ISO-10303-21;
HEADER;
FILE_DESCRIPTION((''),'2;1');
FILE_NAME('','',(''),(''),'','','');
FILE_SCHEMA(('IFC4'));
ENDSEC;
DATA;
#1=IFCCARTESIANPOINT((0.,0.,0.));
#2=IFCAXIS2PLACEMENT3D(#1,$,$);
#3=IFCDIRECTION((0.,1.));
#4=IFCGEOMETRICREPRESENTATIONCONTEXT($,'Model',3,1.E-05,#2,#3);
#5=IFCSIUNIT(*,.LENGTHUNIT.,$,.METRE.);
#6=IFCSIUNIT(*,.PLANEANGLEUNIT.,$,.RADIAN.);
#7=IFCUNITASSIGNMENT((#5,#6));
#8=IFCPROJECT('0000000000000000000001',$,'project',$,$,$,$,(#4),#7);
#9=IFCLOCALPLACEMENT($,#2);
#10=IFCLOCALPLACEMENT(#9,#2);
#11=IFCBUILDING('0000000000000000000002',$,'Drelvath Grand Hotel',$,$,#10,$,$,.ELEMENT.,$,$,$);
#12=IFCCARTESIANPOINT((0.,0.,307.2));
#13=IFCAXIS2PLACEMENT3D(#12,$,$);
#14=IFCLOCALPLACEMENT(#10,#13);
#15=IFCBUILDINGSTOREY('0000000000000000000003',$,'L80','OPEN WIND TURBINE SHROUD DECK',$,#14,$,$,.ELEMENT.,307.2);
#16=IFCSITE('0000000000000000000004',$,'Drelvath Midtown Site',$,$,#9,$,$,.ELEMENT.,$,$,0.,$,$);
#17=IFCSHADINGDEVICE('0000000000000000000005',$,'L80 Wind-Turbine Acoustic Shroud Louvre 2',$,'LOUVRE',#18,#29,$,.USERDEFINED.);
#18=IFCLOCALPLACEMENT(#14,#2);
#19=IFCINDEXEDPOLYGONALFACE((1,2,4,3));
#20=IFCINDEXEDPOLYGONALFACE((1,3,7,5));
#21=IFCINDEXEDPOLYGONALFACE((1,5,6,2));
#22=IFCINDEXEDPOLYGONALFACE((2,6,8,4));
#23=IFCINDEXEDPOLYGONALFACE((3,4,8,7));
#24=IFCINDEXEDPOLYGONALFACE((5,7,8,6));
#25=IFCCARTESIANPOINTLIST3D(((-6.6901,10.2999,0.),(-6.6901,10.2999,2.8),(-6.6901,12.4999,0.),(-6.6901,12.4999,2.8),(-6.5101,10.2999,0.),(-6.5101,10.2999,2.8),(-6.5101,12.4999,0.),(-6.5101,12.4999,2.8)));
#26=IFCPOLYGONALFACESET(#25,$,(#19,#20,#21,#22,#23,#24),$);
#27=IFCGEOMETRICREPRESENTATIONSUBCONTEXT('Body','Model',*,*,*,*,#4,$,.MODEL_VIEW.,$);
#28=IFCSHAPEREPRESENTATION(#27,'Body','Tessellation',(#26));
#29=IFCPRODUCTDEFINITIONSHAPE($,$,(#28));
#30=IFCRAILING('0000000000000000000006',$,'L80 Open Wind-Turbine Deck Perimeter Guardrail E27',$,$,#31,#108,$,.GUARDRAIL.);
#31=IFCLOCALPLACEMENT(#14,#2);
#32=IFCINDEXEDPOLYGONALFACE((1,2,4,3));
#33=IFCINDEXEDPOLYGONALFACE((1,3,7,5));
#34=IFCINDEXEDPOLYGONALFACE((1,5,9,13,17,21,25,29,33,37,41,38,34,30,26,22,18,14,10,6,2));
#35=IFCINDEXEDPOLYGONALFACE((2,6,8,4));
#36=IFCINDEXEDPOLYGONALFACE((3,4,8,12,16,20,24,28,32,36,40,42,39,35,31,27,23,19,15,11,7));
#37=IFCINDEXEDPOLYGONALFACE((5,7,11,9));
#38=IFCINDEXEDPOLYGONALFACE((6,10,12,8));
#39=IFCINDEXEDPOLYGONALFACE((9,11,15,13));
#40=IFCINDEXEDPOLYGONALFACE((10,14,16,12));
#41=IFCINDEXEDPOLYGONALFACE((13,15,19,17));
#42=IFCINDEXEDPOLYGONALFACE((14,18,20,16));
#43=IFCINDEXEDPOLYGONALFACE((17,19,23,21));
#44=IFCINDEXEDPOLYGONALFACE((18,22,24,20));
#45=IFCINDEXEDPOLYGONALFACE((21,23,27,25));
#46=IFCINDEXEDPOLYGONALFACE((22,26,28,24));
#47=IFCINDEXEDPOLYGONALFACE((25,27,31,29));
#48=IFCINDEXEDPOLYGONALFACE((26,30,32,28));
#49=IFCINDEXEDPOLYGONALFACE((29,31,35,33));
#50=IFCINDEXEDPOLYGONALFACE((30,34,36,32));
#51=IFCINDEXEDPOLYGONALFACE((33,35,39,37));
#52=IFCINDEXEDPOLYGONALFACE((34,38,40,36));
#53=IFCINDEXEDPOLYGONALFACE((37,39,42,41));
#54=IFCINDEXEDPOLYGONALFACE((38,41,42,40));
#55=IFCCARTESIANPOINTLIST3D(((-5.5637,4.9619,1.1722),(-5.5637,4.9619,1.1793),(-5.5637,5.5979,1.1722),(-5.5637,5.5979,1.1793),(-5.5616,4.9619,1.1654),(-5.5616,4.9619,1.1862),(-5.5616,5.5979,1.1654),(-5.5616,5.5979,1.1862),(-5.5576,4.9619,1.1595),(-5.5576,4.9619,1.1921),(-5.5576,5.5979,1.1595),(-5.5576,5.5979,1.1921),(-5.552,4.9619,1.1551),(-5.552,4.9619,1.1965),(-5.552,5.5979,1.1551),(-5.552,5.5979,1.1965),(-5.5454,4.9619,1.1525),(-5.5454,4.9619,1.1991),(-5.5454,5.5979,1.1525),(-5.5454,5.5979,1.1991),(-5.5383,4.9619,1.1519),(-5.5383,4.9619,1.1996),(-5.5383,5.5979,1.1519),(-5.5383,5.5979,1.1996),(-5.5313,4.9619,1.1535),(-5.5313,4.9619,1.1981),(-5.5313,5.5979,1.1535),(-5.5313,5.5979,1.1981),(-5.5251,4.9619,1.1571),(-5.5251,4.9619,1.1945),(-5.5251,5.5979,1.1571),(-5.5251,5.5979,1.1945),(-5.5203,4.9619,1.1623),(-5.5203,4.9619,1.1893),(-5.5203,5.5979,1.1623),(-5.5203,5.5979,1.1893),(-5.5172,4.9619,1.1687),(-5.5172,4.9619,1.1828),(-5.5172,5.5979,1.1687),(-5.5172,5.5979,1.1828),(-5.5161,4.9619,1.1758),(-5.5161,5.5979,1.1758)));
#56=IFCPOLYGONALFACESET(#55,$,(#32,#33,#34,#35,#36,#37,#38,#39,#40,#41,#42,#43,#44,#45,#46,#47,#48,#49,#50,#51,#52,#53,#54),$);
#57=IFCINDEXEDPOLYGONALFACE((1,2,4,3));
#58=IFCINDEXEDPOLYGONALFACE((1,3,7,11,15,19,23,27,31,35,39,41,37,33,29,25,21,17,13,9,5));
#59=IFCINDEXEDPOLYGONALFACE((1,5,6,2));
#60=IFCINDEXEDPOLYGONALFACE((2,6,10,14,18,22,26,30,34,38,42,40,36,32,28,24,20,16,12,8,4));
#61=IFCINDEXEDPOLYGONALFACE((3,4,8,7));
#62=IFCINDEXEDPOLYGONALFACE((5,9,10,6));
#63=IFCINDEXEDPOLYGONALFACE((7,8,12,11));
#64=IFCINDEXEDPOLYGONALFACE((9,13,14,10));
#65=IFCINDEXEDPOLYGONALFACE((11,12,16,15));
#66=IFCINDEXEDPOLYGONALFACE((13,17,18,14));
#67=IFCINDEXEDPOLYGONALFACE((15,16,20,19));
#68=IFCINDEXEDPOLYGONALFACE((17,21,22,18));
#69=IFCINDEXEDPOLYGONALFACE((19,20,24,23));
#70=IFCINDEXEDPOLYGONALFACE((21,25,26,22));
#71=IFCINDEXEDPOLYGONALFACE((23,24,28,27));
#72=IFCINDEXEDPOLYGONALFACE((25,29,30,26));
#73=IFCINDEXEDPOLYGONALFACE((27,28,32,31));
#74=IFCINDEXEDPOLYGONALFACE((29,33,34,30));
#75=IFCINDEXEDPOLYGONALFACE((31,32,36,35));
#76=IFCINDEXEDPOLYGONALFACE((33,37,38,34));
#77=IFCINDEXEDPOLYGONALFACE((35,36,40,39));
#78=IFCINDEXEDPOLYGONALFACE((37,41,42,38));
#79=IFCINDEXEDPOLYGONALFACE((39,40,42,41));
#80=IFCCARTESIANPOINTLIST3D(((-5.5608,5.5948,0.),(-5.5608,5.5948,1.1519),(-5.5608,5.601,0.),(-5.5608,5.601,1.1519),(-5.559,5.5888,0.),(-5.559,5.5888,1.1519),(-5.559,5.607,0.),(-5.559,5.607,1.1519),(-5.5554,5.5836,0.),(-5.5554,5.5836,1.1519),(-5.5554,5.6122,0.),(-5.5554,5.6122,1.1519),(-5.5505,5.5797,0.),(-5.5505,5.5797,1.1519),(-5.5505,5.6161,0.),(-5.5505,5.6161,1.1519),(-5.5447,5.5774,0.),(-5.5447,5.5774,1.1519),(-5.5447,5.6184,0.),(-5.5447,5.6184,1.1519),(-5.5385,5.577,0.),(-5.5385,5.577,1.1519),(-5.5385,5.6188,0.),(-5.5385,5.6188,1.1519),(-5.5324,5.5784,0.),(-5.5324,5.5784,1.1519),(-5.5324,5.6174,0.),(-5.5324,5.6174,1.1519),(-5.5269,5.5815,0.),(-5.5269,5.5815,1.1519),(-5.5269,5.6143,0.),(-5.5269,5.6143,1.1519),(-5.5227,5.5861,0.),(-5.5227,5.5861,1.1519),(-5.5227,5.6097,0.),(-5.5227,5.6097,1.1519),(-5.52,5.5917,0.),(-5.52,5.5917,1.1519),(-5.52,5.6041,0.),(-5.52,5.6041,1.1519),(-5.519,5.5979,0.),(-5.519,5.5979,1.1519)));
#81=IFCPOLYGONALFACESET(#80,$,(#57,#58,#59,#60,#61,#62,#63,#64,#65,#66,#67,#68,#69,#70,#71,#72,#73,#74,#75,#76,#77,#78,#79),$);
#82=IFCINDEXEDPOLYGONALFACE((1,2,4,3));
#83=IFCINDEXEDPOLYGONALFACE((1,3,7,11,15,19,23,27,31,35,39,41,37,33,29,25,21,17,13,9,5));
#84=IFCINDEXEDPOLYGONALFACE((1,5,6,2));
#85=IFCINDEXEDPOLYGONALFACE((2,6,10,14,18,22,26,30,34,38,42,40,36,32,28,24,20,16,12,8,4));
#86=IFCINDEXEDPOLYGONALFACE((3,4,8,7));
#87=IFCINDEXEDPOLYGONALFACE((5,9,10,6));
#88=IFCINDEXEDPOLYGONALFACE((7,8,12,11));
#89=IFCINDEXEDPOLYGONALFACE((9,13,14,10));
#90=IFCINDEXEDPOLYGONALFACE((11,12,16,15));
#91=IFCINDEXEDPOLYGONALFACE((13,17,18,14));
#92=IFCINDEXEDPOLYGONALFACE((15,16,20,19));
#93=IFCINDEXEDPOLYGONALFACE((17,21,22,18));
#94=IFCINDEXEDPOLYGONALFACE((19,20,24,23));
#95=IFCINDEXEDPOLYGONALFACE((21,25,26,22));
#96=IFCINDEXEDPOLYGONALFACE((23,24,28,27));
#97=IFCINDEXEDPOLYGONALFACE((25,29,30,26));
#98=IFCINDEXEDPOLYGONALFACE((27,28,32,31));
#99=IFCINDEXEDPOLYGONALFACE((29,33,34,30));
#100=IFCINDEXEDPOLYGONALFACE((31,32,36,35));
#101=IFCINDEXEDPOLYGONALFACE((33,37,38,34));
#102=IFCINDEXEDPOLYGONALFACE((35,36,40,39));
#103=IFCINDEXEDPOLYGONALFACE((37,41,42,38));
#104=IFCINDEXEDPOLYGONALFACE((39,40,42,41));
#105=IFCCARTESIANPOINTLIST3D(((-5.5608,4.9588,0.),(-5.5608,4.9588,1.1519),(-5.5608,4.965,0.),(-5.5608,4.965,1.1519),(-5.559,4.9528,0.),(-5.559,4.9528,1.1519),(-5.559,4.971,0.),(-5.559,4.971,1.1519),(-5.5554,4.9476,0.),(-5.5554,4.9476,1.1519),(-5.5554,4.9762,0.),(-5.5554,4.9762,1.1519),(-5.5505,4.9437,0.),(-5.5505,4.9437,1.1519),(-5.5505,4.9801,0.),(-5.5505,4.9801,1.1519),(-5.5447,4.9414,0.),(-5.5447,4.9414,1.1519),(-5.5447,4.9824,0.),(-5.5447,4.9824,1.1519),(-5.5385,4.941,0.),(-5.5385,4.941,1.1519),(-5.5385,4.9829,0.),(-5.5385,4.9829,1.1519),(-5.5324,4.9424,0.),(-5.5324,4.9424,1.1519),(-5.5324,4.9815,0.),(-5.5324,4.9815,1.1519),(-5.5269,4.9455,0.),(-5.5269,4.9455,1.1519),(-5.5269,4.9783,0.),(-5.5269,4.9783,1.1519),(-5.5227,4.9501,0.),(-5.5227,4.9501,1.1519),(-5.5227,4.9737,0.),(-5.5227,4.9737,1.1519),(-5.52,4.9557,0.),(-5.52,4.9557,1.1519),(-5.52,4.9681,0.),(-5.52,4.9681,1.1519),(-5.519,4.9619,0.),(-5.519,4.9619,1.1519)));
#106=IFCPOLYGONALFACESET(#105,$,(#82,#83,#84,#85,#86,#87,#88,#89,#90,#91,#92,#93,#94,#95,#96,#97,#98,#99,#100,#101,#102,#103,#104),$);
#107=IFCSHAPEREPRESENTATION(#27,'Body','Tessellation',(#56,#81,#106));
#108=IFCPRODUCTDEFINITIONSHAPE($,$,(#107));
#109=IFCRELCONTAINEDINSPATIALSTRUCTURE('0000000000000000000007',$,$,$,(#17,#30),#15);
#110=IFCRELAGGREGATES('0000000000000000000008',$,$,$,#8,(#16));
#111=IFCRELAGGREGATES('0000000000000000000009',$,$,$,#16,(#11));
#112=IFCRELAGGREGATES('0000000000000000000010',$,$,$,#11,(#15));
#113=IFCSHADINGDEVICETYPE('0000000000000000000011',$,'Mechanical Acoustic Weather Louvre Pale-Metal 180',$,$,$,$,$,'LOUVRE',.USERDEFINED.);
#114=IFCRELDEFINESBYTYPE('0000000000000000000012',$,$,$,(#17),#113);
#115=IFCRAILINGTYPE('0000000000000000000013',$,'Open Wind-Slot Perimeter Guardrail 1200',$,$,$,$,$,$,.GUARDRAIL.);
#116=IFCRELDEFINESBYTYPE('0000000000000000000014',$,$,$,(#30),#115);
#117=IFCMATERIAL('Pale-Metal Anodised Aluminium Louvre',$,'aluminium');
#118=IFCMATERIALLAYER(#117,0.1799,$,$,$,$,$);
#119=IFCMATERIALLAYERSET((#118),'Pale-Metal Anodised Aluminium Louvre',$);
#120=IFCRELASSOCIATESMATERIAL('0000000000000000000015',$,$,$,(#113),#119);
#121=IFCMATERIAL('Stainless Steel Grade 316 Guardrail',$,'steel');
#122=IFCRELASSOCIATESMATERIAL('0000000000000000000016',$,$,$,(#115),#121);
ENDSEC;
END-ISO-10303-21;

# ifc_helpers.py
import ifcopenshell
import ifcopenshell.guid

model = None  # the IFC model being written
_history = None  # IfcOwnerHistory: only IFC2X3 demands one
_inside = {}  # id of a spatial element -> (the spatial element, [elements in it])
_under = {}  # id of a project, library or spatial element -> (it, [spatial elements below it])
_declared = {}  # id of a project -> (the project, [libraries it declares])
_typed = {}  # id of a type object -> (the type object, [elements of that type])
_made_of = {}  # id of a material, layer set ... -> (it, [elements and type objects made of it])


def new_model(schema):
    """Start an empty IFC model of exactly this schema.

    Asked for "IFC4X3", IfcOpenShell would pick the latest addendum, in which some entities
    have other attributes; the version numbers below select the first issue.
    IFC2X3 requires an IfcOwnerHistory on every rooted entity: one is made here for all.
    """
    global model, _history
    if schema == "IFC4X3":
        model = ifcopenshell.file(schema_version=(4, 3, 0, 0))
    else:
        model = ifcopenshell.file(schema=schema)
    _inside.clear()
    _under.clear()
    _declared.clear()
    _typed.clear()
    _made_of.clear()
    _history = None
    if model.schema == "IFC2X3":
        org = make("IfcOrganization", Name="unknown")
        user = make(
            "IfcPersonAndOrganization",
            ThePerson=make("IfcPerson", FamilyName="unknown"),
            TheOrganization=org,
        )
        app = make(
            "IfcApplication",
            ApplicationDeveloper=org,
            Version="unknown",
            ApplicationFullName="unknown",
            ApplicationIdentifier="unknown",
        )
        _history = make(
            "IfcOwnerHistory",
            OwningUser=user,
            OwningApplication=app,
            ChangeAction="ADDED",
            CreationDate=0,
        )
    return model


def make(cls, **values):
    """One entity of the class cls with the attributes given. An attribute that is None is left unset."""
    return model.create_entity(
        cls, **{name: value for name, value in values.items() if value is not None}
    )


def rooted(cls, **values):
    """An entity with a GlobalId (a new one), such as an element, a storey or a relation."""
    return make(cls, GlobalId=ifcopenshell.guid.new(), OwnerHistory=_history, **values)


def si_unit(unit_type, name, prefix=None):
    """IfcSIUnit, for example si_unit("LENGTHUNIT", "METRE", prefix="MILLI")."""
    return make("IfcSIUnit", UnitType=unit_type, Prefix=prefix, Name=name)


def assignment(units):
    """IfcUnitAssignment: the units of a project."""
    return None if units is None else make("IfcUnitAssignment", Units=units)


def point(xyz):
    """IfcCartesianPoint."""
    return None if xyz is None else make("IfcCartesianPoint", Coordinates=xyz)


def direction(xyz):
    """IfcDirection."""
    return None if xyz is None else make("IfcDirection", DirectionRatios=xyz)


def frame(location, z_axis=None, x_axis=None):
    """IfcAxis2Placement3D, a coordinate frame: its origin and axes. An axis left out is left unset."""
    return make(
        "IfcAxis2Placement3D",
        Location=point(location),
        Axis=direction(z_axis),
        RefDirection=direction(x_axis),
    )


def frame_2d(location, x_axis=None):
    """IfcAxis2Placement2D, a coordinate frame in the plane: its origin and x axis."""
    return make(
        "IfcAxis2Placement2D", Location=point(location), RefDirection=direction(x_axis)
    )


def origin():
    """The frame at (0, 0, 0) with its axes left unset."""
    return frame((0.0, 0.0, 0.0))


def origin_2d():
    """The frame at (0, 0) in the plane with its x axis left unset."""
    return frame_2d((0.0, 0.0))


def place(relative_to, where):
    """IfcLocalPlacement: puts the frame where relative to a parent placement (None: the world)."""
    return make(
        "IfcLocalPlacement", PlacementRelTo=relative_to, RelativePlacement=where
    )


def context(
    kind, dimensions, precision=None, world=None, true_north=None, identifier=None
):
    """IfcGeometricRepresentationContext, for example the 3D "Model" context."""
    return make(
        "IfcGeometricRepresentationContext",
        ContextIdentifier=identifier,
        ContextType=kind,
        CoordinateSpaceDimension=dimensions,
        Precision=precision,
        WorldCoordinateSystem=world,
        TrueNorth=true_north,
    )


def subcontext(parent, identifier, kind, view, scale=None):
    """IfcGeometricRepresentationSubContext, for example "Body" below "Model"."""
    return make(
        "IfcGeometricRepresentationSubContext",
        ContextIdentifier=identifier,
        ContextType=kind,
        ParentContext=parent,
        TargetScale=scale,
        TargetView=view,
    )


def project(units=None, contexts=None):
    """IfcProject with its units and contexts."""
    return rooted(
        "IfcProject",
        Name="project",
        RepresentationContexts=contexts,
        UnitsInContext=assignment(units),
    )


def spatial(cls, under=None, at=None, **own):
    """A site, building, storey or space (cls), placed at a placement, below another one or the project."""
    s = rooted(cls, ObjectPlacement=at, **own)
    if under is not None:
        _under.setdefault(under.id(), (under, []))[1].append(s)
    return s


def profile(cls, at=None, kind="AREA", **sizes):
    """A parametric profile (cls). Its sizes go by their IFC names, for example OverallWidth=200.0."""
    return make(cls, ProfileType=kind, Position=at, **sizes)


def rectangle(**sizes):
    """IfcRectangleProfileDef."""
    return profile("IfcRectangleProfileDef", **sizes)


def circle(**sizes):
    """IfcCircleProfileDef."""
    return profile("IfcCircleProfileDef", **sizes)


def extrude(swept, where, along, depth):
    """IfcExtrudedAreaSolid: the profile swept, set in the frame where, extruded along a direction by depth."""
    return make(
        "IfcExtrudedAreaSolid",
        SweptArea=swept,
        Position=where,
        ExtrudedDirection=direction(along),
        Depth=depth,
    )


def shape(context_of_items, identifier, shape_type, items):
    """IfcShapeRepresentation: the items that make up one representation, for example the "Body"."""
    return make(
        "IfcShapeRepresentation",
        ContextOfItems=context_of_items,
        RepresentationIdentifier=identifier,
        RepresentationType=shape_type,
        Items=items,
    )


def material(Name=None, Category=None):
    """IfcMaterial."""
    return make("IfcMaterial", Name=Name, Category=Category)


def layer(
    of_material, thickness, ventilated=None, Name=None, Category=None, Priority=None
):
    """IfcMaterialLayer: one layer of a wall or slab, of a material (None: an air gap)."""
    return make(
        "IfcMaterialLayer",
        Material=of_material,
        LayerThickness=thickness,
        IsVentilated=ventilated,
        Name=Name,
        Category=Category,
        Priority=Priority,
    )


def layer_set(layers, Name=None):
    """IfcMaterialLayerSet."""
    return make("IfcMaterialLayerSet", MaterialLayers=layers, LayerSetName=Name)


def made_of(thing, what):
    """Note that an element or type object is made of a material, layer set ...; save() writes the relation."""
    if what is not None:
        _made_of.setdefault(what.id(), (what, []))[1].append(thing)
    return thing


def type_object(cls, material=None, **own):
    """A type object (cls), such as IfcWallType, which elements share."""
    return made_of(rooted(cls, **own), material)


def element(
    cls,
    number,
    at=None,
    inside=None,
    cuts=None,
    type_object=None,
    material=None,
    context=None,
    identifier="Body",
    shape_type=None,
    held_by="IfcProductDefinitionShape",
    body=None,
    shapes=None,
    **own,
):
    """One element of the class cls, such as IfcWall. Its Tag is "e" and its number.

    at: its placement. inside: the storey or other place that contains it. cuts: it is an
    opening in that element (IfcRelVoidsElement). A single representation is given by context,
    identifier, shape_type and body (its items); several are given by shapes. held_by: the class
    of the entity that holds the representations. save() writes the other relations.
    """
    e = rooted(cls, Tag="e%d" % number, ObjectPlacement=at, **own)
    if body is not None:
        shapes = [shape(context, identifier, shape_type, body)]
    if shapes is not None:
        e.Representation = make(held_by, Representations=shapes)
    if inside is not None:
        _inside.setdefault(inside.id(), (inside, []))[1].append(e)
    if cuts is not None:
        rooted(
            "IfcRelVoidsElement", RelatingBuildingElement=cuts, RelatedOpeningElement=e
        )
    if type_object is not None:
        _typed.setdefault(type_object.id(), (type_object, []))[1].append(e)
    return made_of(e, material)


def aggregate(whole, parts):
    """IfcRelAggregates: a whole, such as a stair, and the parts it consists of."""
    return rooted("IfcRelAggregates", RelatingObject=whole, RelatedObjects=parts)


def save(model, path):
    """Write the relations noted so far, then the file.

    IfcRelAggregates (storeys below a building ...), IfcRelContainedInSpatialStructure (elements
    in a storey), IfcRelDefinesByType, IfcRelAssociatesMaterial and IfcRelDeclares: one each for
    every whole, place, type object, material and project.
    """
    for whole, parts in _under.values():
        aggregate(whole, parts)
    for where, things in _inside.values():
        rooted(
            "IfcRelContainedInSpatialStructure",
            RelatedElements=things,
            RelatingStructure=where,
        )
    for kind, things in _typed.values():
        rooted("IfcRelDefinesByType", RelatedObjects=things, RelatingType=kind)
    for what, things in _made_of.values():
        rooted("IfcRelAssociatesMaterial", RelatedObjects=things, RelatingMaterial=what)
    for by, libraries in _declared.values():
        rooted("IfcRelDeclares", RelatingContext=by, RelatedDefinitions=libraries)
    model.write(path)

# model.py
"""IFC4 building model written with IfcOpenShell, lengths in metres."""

from ifc_helpers import new_model, si_unit, direction, frame, origin, origin_2d, place, context, subcontext, project, spatial, rectangle, circle, extrude, material, layer, layer_set, type_object, element, save


model = new_model("IFC4")

# Units and contexts
model_context = context("Model", 3, precision=1e-05, world=origin(), true_north=direction((0.0, 1.0)))
body_context = subcontext(model_context, "Body", "Model", "MODEL_VIEW")
ifc_project = project(units=[si_unit("LENGTHUNIT", "METRE"), si_unit("PLANEANGLEUNIT", "RADIAN")], contexts=[model_context])

# Site, building, storey
site_placement = place(None, origin())
site = spatial("IfcSite", under=ifc_project, at=site_placement, Name="Drelvath Midtown Site", CompositionType="ELEMENT", RefElevation=0.0)
building_placement = place(site_placement, origin())
building = spatial("IfcBuilding", under=site, at=building_placement, Name="Drelvath Grand Hotel", CompositionType="ELEMENT")
storey_placement = place(building_placement, frame((0.0, 0.0, 307.2)))
storey = spatial("IfcBuildingStorey", under=building, at=storey_placement, Name="L80", Description="OPEN WIND TURBINE SHROUD DECK", CompositionType="ELEMENT", Elevation=307.2)

# Shading device
ifc_material_1 = material(Name="Pale-Metal Anodised Aluminium Louvre", Category="aluminium")
ifc_layer_1 = layer(ifc_material_1, 0.1799)
ifc_layer_set_1 = layer_set([ifc_layer_1], Name="Pale-Metal Anodised Aluminium Louvre")
shading_device_type = type_object("IfcShadingDeviceType", Name="Mechanical Acoustic Weather Louvre Pale-Metal 180", ElementType="LOUVRE", PredefinedType="USERDEFINED", material=ifc_layer_set_1)
shading_device_placement = place(storey_placement, frame((-6.6001, 11.3999, 0.0), z_axis=(0.0, 0.0, 1.0), x_axis=(1.0, 0.0, 0.0)))
element("IfcShadingDevice", 1, at=shading_device_placement, inside=storey, type_object=shading_device_type, Name="L80 Wind-Turbine Acoustic Shroud Louvre 2", ObjectType="LOUVRE", PredefinedType="USERDEFINED", context=body_context, shape_type="SweptSolid", body=[
    extrude(rectangle(XDim=0.1799, YDim=2.2, at=origin_2d()), origin(), (0.0, 0.0, 1.0), 2.8),
])

# Railing
ifc_material_2 = material(Name="Stainless Steel Grade 316 Guardrail", Category="steel")
railing_type = type_object("IfcRailingType", Name="Open Wind-Slot Perimeter Guardrail 1200", PredefinedType="GUARDRAIL", material=ifc_material_2)
railing_1_placement = place(storey_placement, frame((-5.54, 5.5979, 0.0)))
element("IfcRailing", 2, at=railing_1_placement, inside=storey, type_object=railing_type, Name="L80 Open Wind-Turbine Deck Perimeter Guardrail E27", PredefinedType="GUARDRAIL", context=body_context, shape_type="SweptSolid", body=[
    extrude(circle(Radius=0.0239, at=origin_2d()), frame((0.0, 0.0, 1.1758), z_axis=(0.0, -1.0, 0.0), x_axis=(1.0, 0.0, 0.0)), (0.0, 0.0, 1.0), 0.636),
    extrude(circle(Radius=0.021, at=origin_2d()), origin(), (0.0, 0.0, 1.0), 1.1519),
    extrude(circle(Radius=0.021, at=origin_2d()), frame((0.0, -0.636, 0.0)), (0.0, 0.0, 1.0), 1.1519),
])

save(model, "model.ifc")
